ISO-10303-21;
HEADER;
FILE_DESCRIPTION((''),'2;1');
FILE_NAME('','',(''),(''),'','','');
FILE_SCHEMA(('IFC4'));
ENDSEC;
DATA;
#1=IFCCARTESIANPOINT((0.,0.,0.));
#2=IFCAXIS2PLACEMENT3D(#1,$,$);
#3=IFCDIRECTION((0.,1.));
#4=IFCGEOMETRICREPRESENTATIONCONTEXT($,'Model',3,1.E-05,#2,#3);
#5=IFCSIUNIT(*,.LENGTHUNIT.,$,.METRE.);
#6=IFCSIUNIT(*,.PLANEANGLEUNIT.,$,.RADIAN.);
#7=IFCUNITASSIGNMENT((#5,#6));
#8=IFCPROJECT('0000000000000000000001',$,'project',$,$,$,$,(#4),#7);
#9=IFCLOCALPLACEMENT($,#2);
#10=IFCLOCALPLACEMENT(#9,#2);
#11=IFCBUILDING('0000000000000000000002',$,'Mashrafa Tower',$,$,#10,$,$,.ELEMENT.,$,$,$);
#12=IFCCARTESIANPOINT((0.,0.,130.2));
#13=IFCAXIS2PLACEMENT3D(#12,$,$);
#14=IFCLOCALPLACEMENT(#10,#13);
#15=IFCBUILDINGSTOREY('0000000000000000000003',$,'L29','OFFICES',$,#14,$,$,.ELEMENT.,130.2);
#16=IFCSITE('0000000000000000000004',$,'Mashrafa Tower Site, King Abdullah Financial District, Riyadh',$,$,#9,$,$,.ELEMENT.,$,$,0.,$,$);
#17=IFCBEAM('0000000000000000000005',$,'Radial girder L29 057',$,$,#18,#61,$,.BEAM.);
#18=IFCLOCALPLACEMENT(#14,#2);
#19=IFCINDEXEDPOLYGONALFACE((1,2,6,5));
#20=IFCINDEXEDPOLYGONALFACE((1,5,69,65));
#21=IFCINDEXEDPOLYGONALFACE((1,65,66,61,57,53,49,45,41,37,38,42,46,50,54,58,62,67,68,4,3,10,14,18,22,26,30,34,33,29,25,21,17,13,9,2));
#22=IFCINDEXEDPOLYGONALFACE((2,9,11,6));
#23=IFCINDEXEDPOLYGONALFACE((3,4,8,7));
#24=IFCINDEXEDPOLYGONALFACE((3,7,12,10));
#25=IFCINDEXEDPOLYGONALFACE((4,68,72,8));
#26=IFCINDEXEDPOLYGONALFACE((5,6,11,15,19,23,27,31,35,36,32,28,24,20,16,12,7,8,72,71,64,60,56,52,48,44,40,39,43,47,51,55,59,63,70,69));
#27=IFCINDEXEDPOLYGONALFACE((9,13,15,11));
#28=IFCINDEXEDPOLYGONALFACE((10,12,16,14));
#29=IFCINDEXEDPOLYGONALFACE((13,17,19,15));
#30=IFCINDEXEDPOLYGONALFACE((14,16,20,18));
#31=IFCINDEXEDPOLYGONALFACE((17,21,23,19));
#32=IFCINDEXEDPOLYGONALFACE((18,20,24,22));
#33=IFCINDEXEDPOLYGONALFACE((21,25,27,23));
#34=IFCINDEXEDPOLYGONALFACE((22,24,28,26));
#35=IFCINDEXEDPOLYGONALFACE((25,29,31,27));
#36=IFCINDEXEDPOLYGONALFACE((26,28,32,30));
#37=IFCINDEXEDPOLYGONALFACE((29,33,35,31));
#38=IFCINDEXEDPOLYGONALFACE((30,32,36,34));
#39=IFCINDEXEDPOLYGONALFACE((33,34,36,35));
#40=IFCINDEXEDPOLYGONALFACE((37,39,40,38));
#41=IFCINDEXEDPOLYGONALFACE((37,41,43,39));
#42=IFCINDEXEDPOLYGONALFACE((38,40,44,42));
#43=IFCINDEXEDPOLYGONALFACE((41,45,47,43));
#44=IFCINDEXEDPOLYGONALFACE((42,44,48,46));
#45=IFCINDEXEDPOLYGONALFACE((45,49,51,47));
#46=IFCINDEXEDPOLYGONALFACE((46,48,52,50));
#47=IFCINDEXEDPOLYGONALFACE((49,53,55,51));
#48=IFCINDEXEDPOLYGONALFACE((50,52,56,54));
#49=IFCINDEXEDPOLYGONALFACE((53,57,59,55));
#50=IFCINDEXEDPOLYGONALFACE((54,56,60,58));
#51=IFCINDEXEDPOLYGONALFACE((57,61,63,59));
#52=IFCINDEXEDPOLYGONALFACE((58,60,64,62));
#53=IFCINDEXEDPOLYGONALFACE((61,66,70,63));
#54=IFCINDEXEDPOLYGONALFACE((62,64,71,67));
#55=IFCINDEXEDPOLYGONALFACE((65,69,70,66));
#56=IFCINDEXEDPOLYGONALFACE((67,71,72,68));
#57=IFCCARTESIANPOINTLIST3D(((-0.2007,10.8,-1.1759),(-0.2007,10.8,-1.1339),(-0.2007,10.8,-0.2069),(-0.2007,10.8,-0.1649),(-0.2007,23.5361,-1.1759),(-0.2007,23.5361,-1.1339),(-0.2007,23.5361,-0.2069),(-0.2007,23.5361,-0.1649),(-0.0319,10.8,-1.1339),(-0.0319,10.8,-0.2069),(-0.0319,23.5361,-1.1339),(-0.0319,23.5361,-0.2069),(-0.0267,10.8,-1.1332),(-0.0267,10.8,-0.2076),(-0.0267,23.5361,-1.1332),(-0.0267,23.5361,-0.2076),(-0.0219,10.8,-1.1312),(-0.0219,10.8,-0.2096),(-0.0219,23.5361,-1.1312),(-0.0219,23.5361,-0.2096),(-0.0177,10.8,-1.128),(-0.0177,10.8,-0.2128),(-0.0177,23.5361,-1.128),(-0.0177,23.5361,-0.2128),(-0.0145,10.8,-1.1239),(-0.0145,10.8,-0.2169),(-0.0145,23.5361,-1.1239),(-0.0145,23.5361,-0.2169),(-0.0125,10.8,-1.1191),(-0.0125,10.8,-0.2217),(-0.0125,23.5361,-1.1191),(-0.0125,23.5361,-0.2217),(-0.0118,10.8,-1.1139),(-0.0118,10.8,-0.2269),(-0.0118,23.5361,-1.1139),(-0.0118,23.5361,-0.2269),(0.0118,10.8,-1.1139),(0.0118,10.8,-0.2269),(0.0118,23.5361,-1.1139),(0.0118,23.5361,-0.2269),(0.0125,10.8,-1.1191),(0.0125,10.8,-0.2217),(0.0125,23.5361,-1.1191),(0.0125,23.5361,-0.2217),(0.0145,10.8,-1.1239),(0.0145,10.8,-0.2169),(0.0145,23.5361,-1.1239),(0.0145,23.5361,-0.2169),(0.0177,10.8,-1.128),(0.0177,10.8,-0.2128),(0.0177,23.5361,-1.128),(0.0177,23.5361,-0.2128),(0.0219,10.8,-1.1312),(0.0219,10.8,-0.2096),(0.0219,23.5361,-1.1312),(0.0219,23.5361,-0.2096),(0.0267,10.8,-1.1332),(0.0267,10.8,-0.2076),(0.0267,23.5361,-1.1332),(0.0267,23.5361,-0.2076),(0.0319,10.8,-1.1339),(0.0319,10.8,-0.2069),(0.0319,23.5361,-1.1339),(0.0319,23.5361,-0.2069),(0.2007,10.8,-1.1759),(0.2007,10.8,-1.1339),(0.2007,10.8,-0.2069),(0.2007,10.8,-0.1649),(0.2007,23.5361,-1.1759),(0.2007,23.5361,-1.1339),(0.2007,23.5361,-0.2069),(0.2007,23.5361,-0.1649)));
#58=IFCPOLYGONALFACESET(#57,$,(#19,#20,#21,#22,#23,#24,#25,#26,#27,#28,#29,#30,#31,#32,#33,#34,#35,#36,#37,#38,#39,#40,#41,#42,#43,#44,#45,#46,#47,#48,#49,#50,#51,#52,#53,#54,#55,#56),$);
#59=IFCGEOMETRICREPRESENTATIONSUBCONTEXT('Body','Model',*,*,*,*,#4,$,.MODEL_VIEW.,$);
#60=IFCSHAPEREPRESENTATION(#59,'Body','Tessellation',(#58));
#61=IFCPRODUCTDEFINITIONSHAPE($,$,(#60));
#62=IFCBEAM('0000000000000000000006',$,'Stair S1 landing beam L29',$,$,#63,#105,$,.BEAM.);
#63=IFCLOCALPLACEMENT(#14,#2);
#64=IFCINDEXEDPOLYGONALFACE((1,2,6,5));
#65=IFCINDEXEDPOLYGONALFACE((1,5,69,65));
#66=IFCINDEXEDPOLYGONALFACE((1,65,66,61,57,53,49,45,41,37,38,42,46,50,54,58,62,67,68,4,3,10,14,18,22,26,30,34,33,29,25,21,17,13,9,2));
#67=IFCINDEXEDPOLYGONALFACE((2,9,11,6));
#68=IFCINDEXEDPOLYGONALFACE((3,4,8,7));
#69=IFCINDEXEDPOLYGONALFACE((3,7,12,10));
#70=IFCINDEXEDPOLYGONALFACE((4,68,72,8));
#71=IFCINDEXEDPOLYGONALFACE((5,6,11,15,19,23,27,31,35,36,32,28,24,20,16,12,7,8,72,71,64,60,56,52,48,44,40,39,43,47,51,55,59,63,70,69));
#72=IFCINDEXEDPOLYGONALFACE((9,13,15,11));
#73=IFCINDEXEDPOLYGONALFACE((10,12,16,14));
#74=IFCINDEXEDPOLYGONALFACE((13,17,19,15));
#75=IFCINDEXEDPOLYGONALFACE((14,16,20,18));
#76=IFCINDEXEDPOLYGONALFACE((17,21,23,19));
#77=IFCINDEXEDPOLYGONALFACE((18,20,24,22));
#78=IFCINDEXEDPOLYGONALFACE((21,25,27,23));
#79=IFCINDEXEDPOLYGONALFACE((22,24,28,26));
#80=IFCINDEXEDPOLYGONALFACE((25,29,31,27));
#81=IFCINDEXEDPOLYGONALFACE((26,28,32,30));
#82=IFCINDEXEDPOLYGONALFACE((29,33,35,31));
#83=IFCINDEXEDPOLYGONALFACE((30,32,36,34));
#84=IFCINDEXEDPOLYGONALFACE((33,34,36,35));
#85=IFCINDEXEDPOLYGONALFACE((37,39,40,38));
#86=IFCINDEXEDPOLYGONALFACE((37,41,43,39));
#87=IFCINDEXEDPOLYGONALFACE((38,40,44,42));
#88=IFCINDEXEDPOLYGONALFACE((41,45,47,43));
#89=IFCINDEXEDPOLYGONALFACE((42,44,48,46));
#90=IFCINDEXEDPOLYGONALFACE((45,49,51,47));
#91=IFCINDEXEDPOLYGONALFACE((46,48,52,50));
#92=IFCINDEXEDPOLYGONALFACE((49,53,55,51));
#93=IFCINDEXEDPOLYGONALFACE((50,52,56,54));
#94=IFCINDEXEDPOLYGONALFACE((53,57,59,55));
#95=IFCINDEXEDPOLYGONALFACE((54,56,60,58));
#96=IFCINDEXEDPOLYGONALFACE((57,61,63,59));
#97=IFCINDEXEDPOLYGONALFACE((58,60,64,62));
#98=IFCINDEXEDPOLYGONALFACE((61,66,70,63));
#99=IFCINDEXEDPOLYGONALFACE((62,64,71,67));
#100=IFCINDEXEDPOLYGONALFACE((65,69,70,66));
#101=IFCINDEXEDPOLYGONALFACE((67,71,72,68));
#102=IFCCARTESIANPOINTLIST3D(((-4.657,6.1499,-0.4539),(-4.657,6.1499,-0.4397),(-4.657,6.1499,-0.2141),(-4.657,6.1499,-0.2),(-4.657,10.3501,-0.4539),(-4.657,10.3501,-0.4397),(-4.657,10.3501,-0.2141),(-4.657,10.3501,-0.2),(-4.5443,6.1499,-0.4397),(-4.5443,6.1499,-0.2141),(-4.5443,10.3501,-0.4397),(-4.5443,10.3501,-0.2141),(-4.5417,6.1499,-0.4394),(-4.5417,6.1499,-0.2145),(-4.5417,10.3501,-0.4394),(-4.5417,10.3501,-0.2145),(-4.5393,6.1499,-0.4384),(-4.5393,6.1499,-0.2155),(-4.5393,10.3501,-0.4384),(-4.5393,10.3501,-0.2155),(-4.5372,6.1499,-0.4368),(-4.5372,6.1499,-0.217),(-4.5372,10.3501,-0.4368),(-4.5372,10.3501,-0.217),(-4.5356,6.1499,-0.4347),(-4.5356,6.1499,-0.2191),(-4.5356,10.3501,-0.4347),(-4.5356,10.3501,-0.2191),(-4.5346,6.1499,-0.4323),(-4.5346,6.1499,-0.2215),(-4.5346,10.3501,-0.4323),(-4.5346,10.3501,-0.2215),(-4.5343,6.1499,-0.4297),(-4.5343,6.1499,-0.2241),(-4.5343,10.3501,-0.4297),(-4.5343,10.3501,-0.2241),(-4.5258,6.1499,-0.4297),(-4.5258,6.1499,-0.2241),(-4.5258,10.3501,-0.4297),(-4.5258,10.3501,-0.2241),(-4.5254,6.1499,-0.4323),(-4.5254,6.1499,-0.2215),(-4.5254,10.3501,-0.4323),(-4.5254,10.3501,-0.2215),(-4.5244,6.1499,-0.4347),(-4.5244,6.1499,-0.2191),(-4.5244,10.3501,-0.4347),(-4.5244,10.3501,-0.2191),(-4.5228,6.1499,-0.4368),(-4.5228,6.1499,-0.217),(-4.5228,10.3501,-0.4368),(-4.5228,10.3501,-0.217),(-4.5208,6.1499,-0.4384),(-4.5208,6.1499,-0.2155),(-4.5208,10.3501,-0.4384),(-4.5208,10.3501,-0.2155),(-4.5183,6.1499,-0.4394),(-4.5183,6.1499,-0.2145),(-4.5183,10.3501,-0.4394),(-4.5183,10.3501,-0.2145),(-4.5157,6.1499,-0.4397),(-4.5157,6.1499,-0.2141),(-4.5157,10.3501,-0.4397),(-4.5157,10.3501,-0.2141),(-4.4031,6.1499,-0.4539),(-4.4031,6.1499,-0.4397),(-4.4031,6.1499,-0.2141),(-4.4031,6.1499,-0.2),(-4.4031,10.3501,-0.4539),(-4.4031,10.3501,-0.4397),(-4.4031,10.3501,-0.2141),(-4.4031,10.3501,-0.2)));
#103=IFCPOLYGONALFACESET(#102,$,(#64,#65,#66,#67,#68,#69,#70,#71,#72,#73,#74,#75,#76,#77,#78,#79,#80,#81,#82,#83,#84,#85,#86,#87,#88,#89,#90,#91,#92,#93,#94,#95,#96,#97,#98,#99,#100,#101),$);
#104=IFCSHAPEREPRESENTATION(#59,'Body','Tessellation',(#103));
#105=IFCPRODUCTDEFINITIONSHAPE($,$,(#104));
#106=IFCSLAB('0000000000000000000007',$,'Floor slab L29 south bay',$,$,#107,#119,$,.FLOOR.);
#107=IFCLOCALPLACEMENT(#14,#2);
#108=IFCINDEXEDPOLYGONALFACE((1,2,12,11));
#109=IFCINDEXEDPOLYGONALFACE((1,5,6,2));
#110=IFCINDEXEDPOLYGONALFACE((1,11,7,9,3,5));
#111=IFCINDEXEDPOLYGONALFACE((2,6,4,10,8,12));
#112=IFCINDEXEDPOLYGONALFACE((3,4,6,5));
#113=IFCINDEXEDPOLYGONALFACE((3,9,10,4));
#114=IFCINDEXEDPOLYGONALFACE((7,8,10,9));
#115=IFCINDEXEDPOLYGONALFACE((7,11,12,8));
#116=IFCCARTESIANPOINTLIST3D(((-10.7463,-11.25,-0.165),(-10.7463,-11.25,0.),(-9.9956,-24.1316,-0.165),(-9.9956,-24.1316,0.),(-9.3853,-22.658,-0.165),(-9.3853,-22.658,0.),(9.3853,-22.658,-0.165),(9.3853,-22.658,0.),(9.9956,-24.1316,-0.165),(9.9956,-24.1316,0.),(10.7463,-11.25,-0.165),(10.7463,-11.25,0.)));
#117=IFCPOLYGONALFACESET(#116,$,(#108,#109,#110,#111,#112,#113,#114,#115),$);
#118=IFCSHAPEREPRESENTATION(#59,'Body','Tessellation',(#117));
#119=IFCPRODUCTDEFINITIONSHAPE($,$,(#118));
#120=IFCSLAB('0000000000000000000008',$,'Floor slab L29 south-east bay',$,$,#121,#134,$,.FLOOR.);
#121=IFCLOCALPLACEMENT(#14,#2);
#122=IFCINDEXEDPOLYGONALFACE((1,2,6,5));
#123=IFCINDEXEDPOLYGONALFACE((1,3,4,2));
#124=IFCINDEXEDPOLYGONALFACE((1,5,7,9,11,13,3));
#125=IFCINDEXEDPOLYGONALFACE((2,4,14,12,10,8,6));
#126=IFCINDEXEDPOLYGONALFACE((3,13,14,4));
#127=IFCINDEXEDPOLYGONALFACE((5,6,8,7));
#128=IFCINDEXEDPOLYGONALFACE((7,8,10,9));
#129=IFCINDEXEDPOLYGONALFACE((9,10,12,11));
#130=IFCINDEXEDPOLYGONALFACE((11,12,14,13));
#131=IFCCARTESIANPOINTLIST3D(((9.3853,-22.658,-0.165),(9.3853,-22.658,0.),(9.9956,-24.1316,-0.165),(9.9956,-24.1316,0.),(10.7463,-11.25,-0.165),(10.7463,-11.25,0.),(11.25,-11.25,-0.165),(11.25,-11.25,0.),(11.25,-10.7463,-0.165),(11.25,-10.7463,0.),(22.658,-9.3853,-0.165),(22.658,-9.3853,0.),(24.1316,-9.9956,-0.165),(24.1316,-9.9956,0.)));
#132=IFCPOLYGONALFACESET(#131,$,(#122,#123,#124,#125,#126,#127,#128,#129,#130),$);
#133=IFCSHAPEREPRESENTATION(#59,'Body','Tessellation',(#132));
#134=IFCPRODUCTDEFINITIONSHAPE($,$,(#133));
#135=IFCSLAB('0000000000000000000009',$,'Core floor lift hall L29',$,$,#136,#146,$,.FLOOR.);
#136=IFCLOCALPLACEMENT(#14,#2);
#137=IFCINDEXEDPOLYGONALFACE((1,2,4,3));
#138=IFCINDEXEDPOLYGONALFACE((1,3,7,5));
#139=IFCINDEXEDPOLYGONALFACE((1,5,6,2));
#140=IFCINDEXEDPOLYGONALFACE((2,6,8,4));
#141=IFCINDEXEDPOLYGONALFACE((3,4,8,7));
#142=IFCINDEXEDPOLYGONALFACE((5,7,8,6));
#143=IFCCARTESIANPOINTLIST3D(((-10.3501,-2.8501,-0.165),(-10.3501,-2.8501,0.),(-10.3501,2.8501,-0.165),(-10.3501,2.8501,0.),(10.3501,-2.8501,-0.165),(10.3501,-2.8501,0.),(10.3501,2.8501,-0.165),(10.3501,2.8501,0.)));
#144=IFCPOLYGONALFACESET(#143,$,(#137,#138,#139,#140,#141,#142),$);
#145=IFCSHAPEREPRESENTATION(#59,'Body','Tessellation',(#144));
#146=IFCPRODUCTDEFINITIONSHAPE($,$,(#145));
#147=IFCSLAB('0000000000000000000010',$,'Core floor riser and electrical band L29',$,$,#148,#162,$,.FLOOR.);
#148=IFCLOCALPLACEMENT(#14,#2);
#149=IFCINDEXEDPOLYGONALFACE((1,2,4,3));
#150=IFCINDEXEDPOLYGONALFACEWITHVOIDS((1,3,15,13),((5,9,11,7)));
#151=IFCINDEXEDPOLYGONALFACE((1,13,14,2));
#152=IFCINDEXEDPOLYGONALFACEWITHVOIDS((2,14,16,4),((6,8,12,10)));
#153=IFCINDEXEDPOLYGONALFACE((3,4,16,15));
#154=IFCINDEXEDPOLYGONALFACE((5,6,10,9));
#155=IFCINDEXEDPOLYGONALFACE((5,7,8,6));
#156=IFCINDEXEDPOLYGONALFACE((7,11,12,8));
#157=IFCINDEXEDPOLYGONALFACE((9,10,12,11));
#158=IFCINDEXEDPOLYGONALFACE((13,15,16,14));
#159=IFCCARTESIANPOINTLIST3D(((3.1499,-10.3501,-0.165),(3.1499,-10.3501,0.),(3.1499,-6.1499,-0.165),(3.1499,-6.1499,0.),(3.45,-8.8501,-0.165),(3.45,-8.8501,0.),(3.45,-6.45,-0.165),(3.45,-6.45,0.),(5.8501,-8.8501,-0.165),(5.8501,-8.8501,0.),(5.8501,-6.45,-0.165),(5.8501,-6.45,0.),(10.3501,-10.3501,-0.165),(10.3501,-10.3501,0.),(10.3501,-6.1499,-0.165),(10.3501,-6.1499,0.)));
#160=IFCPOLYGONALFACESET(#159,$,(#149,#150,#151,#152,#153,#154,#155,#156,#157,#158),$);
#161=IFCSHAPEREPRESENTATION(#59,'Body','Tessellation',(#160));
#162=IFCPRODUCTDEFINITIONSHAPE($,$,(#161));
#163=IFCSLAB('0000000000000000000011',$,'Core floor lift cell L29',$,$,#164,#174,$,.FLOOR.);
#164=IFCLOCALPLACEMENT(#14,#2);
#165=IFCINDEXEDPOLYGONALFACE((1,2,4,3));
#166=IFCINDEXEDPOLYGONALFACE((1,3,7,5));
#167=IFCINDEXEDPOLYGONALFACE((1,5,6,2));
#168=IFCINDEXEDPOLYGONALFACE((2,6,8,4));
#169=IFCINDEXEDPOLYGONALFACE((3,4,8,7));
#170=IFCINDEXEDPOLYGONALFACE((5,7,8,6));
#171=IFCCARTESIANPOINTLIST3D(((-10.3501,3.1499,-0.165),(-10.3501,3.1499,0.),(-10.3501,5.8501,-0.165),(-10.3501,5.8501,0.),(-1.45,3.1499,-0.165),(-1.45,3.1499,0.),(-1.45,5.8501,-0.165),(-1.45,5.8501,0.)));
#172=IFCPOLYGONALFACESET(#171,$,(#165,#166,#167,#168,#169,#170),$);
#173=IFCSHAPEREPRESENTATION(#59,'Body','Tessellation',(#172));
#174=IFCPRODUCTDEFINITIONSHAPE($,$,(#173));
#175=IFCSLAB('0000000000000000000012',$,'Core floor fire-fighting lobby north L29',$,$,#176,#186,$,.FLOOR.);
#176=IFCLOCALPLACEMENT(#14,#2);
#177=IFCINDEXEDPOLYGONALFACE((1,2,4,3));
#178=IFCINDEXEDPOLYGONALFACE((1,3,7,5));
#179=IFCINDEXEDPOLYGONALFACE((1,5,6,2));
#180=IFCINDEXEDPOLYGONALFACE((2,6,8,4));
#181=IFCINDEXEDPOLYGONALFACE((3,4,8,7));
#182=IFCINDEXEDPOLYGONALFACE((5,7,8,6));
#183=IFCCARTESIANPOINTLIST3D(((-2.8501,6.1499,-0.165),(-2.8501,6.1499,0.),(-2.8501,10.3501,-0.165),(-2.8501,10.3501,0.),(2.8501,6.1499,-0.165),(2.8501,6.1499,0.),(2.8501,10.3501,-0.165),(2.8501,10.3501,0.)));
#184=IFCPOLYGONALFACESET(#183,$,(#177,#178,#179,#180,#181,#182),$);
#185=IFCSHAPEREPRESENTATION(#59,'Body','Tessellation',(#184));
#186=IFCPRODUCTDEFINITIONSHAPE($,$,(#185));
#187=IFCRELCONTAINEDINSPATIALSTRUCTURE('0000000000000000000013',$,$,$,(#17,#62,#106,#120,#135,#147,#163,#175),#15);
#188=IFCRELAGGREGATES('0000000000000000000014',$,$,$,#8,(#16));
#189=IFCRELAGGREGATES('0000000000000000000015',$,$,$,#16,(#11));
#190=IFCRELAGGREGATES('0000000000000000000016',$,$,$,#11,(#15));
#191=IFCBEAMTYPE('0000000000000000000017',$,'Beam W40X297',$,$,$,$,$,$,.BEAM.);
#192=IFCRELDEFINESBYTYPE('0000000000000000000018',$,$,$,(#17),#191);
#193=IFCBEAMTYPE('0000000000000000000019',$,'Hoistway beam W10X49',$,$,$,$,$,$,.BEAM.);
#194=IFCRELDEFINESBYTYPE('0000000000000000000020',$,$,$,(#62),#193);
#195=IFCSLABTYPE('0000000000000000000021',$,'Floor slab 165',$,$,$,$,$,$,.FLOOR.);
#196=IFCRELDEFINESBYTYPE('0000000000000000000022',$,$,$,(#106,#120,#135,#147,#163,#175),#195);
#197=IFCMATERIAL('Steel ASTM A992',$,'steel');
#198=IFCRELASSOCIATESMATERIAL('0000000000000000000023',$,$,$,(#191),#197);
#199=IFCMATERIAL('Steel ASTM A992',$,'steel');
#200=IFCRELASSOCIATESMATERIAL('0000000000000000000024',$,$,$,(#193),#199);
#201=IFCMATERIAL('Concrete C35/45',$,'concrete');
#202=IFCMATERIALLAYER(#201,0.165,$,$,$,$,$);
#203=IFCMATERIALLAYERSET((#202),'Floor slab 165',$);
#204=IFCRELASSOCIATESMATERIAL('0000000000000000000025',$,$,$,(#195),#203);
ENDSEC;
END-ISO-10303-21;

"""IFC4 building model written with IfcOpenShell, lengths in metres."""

from ifc_helpers import new_model, si_unit, direction, frame, origin, origin_2d, place, context, subcontext, project, spatial, polyline, i_section, outline, extrude, material, layer, layer_set, material_profile, profile_set, type_object, element, save


model = new_model("IFC4")

# Units and contexts
model_context = context("Model", 3, precision=1e-05, world=origin(), true_north=direction((0.0, 1.0)))
body_context = subcontext(model_context, "Body", "Model", "MODEL_VIEW")
ifc_project = project(units=[si_unit("LENGTHUNIT", "METRE"), si_unit("PLANEANGLEUNIT", "RADIAN")], contexts=[model_context])

# Site, building, storey
site_placement = place(None, origin())
site = spatial("IfcSite", under=ifc_project, at=site_placement, Name="Mashrafa Tower Site, King Abdullah Financial District, Riyadh", CompositionType="ELEMENT", RefElevation=0.0)
building_placement = place(site_placement, origin())
building = spatial("IfcBuilding", under=site, at=building_placement, Name="Mashrafa Tower", CompositionType="ELEMENT")
storey_placement = place(building_placement, frame((0.0, 0.0, 130.2)))
storey = spatial("IfcBuildingStorey", under=building, at=storey_placement, Name="L29", Description="OFFICES", CompositionType="ELEMENT", Elevation=130.2)

# Beams
ifc_material_1 = material(Name="Steel ASTM A992", Category="steel")
ifc_material_profile_1 = material_profile(ifc_material_1, i_section(OverallWidth=0.4014, OverallDepth=1.011, WebThickness=0.0237, FlangeThickness=0.042, FilletRadius=0.02, at=origin_2d()), Name="W40X297")
ifc_profile_set_1 = profile_set([ifc_material_profile_1], Name="Steel ASTM A992")
beam_type_1 = type_object("IfcBeamType", Name="Beam W40X297", PredefinedType="BEAM", material=ifc_profile_set_1)
beam_1_placement = place(storey_placement, frame((0.0, 10.8, -0.6704), z_axis=(0.0, 1.0, 0.0), x_axis=(-1.0, 0.0, 0.0)))
element("IfcBeam", 1, at=beam_1_placement, inside=storey, type_object=beam_type_1, Name="Radial girder L29 057", PredefinedType="BEAM", context=body_context, shape_type="SweptSolid", body=[
    extrude(i_section(OverallWidth=0.4014, OverallDepth=1.011, WebThickness=0.0237, FlangeThickness=0.042, FilletRadius=0.02, at=origin_2d()), origin(), (0.0, 0.0, 1.0), 12.7361),
])
ifc_material_2 = material(Name="Steel ASTM A992", Category="steel")
ifc_material_profile_2 = material_profile(ifc_material_2, i_section(OverallWidth=0.2539, OverallDepth=0.2539, WebThickness=0.0085, FlangeThickness=0.0142, FilletRadius=0.01, at=origin_2d()), Name="W10X49")
ifc_profile_set_2 = profile_set([ifc_material_profile_2], Name="Steel ASTM A992")
beam_type_2 = type_object("IfcBeamType", Name="Hoistway beam W10X49", PredefinedType="BEAM", material=ifc_profile_set_2)
beam_2_placement = place(storey_placement, frame((-4.53, 6.1499, -0.3269), z_axis=(0.0, 1.0, 0.0), x_axis=(-1.0, 0.0, 0.0)))
element("IfcBeam", 2, at=beam_2_placement, inside=storey, type_object=beam_type_2, Name="Stair S1 landing beam L29", PredefinedType="BEAM", context=body_context, shape_type="SweptSolid", body=[
    extrude(i_section(OverallWidth=0.2539, OverallDepth=0.2539, WebThickness=0.0085, FlangeThickness=0.0142, FilletRadius=0.01, at=origin_2d()), origin(), (0.0, 0.0, 1.0), 4.2002),
])

# Slabs
ifc_material_3 = material(Name="Concrete C35/45", Category="concrete")
ifc_layer_1 = layer(ifc_material_3, 0.165)
ifc_layer_set_1 = layer_set([ifc_layer_1], Name="Floor slab 165")
slab_type = type_object("IfcSlabType", Name="Floor slab 165", PredefinedType="FLOOR", material=ifc_layer_set_1)
slab_1_placement = place(storey_placement, frame((0.0, 0.0, -0.165)))
element("IfcSlab", 3, at=slab_1_placement, inside=storey, type_object=slab_type, Name="Floor slab L29 south bay", PredefinedType="FLOOR", context=body_context, shape_type="SweptSolid", body=[
    extrude(outline(polyline([(-9.9956, -24.1316), (-9.9956, -24.1316), (-9.3853, -22.658), (-10.7463, -11.25), (10.7463, -11.25), (9.3853, -22.658), (9.9956, -24.1316), (9.9956, -24.1316), (-9.9956, -24.1316)])), origin(), (0.0, 0.0, 1.0), 0.165),
])
slab_2_placement = place(storey_placement, frame((0.0, 0.0, -0.165)))
element("IfcSlab", 4, at=slab_2_placement, inside=storey, type_object=slab_type, Name="Floor slab L29 south-east bay", PredefinedType="FLOOR", context=body_context, shape_type="SweptSolid", body=[
    extrude(outline(polyline([(9.9956, -24.1316), (9.3853, -22.658), (10.7463, -11.25), (11.25, -11.25), (11.25, -10.7463), (22.658, -9.3853), (24.1316, -9.9956), (9.9956, -24.1316)])), origin(), (0.0, 0.0, 1.0), 0.165),
])
slab_3_placement = place(storey_placement, frame((0.0, 0.0, -0.165)))
element("IfcSlab", 5, at=slab_3_placement, inside=storey, type_object=slab_type, Name="Core floor lift hall L29", PredefinedType="FLOOR", context=body_context, shape_type="SweptSolid", body=[
    extrude(outline(polyline([(-10.3501, 2.8501), (10.3501, 2.8501), (10.3501, -2.8501), (-10.3501, -2.8501), (-10.3501, 2.8501)])), origin(), (0.0, 0.0, 1.0), 0.165),
])
slab_4_placement = place(storey_placement, frame((0.0, 0.0, -0.165)))
element("IfcSlab", 6, at=slab_4_placement, inside=storey, type_object=slab_type, Name="Core floor riser and electrical band L29", PredefinedType="FLOOR", context=body_context, shape_type="SweptSolid", body=[
    extrude(outline(polyline([(10.3501, -6.1499), (10.3501, -10.3501), (3.1499, -10.3501), (3.1499, -6.1499), (10.3501, -6.1499)]), holes=[polyline([(3.45, -8.8501), (5.8501, -8.8501), (5.8501, -6.45), (3.45, -6.45), (3.45, -8.8501)])]), origin(), (0.0, 0.0, 1.0), 0.165),
])
slab_5_placement = place(storey_placement, frame((0.0, 0.0, -0.165)))
element("IfcSlab", 7, at=slab_5_placement, inside=storey, type_object=slab_type, Name="Core floor lift cell L29", PredefinedType="FLOOR", context=body_context, shape_type="SweptSolid", body=[
    extrude(outline(polyline([(-1.45, 3.1499), (-10.3501, 3.1499), (-10.3501, 5.8501), (-1.45, 5.8501), (-1.45, 3.1499)])), origin(), (0.0, 0.0, 1.0), 0.165),
])
slab_6_placement = place(storey_placement, frame((0.0, 0.0, -0.165)))
element("IfcSlab", 8, at=slab_6_placement, inside=storey, type_object=slab_type, Name="Core floor fire-fighting lobby north L29", PredefinedType="FLOOR", context=body_context, shape_type="SweptSolid", body=[
    extrude(outline(polyline([(-2.8501, 10.3501), (2.8501, 10.3501), (2.8501, 6.1499), (-2.8501, 6.1499), (-2.8501, 10.3501)])), origin(), (0.0, 0.0, 1.0), 0.165),
])

save(model, "model.ifc")
